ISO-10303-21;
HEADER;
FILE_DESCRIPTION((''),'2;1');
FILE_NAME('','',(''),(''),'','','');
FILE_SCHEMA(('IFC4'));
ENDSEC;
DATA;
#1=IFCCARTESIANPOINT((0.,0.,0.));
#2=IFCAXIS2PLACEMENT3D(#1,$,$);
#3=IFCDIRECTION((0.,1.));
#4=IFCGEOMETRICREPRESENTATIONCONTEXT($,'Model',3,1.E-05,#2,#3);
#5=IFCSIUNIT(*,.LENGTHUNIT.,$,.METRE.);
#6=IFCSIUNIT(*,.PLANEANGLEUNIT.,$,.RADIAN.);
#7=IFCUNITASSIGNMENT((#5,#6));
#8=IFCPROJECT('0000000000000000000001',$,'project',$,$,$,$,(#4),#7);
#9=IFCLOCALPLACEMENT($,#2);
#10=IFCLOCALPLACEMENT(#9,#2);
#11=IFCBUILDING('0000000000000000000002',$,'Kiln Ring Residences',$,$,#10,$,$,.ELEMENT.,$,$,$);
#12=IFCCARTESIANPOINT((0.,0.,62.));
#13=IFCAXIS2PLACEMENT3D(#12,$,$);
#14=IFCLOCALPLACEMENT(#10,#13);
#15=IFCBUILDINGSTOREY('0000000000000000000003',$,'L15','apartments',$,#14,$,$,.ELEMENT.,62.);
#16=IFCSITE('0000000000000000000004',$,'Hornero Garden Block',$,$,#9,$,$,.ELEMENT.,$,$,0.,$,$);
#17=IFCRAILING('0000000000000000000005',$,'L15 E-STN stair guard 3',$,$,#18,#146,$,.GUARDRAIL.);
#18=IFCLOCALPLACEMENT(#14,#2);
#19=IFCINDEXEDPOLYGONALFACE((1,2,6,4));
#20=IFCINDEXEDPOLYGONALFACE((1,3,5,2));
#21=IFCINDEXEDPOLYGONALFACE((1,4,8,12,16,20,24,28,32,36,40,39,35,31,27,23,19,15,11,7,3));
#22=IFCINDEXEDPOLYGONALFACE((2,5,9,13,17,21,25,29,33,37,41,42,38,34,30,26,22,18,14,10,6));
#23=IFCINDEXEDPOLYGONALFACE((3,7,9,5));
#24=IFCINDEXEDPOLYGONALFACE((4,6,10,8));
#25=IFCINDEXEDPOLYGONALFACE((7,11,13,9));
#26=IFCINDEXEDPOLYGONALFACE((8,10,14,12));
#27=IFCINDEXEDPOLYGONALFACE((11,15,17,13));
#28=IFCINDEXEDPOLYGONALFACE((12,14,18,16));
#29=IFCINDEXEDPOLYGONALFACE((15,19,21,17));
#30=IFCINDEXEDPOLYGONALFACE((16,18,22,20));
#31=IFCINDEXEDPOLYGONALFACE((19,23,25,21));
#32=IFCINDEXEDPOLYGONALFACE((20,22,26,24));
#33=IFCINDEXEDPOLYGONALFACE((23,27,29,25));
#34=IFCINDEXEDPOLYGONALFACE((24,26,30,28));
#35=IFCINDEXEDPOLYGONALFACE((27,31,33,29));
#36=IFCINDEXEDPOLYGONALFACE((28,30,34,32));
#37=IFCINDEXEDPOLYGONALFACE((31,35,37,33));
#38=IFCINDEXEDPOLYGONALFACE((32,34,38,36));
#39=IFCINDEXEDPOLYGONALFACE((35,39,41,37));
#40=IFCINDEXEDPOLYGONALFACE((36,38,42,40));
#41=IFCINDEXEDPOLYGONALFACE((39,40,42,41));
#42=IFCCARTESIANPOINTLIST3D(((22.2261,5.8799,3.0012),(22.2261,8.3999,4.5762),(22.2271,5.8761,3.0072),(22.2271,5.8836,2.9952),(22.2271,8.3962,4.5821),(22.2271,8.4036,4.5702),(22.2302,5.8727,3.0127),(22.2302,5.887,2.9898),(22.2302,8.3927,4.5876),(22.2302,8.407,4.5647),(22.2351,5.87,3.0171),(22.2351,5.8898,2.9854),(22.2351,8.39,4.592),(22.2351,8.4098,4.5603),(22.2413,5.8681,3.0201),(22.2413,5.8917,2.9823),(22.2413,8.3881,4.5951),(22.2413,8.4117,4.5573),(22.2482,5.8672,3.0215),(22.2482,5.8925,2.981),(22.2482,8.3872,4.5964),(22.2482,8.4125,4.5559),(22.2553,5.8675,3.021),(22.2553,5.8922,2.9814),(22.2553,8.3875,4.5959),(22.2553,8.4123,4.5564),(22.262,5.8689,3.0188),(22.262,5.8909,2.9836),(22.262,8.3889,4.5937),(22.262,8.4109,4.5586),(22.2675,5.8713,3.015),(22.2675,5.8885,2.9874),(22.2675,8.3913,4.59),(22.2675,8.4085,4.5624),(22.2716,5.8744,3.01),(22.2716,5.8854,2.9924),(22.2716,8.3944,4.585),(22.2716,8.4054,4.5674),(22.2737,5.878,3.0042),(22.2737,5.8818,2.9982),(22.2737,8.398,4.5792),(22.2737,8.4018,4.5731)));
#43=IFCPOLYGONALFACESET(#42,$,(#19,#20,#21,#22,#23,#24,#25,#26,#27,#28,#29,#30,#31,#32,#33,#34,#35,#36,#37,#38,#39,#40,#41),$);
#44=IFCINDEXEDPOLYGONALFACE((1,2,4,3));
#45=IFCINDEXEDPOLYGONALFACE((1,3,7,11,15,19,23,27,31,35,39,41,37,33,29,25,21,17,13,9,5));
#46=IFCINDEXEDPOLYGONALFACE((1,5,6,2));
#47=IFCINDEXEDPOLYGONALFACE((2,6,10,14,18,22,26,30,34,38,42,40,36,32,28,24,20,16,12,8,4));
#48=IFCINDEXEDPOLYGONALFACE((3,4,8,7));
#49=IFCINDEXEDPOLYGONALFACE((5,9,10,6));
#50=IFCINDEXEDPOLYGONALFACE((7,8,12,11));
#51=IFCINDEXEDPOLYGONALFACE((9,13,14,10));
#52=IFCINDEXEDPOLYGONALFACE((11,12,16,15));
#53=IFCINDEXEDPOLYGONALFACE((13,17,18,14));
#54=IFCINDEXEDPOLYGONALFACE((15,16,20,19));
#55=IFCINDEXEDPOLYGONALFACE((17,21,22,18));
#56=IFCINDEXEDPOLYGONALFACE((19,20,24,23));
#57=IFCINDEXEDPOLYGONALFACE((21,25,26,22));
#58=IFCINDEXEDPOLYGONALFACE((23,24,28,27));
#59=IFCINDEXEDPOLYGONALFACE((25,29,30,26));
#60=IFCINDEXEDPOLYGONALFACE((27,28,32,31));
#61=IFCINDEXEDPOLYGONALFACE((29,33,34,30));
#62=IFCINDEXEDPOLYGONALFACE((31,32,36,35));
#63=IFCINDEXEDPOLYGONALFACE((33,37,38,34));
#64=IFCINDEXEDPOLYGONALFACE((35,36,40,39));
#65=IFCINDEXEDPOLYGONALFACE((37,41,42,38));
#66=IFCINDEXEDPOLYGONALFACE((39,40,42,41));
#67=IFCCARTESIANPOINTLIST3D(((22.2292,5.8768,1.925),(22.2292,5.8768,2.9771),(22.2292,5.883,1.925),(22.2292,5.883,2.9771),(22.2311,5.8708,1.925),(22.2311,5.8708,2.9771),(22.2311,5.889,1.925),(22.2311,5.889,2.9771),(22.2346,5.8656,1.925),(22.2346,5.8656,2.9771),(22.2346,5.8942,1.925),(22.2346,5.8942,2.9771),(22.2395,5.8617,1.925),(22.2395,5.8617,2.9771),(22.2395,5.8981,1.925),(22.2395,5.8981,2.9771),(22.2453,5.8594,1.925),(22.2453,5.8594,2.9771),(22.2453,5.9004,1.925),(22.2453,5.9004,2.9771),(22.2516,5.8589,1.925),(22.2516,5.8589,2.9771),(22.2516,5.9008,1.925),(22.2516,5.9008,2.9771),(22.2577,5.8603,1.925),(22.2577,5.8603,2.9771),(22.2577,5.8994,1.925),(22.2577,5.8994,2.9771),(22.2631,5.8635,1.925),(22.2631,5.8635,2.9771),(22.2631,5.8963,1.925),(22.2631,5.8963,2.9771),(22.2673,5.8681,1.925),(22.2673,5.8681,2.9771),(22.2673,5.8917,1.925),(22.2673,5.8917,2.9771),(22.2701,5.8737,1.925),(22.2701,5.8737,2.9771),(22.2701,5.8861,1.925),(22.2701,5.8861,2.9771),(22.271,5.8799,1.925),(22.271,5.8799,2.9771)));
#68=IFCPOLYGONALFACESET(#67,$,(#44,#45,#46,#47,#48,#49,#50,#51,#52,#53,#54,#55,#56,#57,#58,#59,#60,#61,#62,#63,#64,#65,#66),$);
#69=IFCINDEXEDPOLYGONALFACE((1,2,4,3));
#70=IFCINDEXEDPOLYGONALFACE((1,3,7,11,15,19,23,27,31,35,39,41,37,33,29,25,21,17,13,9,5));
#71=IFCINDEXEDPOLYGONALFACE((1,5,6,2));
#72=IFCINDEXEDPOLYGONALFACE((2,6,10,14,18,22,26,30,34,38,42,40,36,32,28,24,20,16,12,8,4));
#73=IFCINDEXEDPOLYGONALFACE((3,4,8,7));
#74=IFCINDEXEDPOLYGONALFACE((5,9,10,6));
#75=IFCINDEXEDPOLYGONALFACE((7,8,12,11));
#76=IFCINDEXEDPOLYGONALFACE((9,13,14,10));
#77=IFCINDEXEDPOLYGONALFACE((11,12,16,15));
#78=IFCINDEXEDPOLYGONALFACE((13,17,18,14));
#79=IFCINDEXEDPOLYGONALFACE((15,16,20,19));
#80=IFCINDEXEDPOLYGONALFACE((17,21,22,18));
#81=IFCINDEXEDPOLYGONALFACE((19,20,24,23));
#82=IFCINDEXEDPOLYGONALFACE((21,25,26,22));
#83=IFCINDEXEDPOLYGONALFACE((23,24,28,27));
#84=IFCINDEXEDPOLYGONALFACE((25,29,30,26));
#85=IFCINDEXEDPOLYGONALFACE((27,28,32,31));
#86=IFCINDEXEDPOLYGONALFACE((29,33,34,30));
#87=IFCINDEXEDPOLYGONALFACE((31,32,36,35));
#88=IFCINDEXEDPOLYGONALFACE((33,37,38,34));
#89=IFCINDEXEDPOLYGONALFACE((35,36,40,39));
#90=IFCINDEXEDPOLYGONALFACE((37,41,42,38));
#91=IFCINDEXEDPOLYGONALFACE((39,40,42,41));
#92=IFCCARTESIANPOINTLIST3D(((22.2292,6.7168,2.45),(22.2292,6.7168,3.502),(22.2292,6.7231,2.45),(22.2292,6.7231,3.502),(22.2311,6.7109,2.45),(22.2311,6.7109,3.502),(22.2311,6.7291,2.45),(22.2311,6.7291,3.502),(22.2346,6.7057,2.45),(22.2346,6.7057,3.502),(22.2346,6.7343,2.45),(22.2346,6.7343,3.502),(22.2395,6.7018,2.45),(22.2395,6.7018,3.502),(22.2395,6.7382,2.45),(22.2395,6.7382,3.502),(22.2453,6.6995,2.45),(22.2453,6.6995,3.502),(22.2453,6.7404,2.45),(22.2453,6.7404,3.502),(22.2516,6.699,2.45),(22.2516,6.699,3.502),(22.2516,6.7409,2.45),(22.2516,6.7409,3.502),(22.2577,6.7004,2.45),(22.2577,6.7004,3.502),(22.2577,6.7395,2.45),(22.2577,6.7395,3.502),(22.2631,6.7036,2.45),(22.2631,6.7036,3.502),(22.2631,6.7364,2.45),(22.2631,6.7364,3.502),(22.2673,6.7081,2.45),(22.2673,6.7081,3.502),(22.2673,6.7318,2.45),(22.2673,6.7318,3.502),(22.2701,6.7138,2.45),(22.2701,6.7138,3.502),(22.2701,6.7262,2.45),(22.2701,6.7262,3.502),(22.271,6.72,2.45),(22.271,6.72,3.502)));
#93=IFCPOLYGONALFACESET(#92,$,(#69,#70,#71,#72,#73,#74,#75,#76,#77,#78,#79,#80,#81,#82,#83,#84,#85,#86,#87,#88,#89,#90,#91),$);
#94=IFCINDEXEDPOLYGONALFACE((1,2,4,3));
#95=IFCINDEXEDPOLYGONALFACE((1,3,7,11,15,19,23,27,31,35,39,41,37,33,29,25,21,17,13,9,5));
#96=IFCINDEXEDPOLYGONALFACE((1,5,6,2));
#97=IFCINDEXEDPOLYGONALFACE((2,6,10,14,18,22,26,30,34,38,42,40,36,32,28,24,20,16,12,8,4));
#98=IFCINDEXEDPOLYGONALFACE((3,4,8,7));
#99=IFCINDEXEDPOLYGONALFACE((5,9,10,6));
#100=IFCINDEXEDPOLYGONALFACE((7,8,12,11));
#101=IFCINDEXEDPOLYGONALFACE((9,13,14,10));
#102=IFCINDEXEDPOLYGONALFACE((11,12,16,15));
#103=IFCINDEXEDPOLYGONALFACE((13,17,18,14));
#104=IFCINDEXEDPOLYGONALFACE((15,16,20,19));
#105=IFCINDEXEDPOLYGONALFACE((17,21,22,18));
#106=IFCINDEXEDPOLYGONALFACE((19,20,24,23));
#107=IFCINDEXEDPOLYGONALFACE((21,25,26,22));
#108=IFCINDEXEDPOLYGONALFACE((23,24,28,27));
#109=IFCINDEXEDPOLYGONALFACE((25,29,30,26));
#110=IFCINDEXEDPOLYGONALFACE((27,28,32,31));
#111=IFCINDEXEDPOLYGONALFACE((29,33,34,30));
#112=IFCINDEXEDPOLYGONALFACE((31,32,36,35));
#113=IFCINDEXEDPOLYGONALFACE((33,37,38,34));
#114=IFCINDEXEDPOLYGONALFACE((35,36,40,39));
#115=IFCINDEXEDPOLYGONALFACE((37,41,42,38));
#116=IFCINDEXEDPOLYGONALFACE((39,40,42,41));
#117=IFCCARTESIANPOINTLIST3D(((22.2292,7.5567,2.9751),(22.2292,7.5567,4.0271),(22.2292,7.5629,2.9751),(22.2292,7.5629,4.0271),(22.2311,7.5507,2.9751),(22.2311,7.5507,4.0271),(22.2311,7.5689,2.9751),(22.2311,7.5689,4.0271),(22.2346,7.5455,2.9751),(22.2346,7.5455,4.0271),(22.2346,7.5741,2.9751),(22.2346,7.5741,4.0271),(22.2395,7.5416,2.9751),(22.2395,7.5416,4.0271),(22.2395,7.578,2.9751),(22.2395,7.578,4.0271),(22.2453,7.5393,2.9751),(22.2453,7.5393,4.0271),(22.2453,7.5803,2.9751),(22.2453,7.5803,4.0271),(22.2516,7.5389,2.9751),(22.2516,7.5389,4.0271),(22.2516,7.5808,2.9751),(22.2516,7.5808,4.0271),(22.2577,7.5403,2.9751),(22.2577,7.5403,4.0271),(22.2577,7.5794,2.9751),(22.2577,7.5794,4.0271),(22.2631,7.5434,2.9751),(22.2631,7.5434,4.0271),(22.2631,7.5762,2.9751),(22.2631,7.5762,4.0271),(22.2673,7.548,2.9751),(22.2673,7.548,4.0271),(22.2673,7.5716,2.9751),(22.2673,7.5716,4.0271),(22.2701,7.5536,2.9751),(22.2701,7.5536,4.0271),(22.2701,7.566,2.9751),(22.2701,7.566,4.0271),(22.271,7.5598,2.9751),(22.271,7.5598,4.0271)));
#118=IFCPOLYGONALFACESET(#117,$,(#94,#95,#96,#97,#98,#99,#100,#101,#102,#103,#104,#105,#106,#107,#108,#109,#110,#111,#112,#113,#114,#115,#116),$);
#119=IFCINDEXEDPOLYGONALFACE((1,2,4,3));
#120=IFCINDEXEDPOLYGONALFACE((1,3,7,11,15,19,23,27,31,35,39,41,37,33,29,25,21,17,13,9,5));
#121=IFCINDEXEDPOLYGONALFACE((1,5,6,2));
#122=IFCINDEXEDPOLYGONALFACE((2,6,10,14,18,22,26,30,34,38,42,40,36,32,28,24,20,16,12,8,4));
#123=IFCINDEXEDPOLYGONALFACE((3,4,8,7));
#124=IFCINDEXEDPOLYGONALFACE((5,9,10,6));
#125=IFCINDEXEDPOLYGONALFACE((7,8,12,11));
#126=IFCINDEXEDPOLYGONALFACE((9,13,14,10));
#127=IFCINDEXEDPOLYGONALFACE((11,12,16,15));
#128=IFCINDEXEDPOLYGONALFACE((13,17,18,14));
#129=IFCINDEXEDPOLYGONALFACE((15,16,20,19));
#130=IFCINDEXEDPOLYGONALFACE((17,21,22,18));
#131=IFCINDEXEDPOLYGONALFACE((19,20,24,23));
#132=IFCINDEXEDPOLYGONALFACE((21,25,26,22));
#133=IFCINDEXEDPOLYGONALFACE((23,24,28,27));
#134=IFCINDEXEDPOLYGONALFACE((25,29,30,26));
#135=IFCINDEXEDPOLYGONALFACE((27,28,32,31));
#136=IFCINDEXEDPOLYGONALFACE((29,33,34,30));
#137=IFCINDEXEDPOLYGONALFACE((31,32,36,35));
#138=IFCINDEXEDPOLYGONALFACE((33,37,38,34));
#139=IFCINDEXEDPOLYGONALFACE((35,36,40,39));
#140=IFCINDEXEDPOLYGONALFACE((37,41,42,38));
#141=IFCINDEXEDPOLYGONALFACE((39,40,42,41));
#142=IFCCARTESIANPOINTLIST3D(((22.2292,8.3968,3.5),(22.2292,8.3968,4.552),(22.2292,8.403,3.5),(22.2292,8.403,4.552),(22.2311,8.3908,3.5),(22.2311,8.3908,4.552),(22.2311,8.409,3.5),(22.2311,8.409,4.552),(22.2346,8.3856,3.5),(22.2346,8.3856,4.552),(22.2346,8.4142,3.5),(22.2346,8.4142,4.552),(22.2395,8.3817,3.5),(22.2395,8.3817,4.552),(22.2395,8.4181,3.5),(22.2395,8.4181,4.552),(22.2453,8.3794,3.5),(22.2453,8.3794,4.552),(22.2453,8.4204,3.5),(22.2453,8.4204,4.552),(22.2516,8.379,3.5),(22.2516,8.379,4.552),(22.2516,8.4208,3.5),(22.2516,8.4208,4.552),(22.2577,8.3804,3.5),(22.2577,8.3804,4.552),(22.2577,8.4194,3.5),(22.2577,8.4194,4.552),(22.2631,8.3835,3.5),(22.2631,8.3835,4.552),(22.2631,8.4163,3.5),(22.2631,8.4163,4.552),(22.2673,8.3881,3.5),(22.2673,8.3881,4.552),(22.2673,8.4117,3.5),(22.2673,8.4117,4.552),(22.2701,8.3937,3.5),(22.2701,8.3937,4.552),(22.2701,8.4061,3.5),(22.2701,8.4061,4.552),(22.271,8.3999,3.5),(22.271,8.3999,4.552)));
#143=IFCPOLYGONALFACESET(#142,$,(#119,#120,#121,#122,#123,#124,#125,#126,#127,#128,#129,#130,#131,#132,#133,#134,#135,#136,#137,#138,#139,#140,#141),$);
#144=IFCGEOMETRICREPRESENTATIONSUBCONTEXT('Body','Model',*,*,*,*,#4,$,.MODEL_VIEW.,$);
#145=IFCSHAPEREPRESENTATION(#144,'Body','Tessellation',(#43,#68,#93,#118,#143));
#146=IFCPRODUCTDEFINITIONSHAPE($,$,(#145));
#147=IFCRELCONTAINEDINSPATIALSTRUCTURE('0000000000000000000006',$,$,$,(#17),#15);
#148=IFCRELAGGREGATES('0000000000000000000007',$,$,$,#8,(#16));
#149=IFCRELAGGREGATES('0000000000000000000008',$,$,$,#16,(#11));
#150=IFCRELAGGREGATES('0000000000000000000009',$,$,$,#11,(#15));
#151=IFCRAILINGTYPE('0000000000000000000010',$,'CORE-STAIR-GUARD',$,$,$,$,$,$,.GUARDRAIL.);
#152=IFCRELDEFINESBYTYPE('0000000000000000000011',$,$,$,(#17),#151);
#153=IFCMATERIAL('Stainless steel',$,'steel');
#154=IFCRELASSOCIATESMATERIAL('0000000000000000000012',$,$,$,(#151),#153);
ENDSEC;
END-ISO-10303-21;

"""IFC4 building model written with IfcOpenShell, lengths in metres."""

from ifc_helpers import new_model, si_unit, direction, frame, origin, origin_2d, place, context, subcontext, project, spatial, circle, extrude, material, type_object, element, save


model = new_model("IFC4")

# Units and contexts
model_context = context("Model", 3, precision=1e-05, world=origin(), true_north=direction((0.0, 1.0)))
body_context = subcontext(model_context, "Body", "Model", "MODEL_VIEW")
ifc_project = project(units=[si_unit("LENGTHUNIT", "METRE"), si_unit("PLANEANGLEUNIT", "RADIAN")], contexts=[model_context])

# Site, building, storey
site_placement = place(None, origin())
site = spatial("IfcSite", under=ifc_project, at=site_placement, Name="Hornero Garden Block", CompositionType="ELEMENT", RefElevation=0.0)
building_placement = place(site_placement, origin())
building = spatial("IfcBuilding", under=site, at=building_placement, Name="Kiln Ring Residences", CompositionType="ELEMENT")
storey_placement = place(building_placement, frame((0.0, 0.0, 62.0)))
storey = spatial("IfcBuildingStorey", under=building, at=storey_placement, Name="L15", Description="apartments", CompositionType="ELEMENT", Elevation=62.0)

# Railing
ifc_material_1 = material(Name="Stainless steel", Category="steel")
railing_type_1 = type_object("IfcRailingType", Name="CORE-STAIR-GUARD", PredefinedType="GUARDRAIL", material=ifc_material_1)
railing_1_placement = place(storey_placement, frame((22.25, 5.8799, 1.925)))
element("IfcRailing", 1, at=railing_1_placement, inside=storey, type_object=railing_type_1, Name="L15 E-STN stair guard 3", PredefinedType="GUARDRAIL", context=body_context, shape_type="SweptSolid", body=[
    extrude(circle(Radius=0.0239, at=origin_2d()), frame((0.0, 0.0, 1.0762), z_axis=(0.0, 0.848008, 0.529984), x_axis=(-1.0, 0.0, 0.0)), (0.0, 0.0, 1.0), 2.9717),
    extrude(circle(Radius=0.021, at=origin_2d()), origin(), (0.0, 0.0, 1.0), 1.052),
    extrude(circle(Radius=0.021, at=origin_2d()), frame((0.0, 0.8401, 0.5249)), (0.0, 0.0, 1.0), 1.052),
    extrude(circle(Radius=0.021, at=origin_2d()), frame((0.0, 1.6799, 1.05)), (0.0, 0.0, 1.0), 1.052),
    extrude(circle(Radius=0.021, at=origin_2d()), frame((0.0, 2.52, 1.575)), (0.0, 0.0, 1.0), 1.052),
])

save(model, "model.ifc")
